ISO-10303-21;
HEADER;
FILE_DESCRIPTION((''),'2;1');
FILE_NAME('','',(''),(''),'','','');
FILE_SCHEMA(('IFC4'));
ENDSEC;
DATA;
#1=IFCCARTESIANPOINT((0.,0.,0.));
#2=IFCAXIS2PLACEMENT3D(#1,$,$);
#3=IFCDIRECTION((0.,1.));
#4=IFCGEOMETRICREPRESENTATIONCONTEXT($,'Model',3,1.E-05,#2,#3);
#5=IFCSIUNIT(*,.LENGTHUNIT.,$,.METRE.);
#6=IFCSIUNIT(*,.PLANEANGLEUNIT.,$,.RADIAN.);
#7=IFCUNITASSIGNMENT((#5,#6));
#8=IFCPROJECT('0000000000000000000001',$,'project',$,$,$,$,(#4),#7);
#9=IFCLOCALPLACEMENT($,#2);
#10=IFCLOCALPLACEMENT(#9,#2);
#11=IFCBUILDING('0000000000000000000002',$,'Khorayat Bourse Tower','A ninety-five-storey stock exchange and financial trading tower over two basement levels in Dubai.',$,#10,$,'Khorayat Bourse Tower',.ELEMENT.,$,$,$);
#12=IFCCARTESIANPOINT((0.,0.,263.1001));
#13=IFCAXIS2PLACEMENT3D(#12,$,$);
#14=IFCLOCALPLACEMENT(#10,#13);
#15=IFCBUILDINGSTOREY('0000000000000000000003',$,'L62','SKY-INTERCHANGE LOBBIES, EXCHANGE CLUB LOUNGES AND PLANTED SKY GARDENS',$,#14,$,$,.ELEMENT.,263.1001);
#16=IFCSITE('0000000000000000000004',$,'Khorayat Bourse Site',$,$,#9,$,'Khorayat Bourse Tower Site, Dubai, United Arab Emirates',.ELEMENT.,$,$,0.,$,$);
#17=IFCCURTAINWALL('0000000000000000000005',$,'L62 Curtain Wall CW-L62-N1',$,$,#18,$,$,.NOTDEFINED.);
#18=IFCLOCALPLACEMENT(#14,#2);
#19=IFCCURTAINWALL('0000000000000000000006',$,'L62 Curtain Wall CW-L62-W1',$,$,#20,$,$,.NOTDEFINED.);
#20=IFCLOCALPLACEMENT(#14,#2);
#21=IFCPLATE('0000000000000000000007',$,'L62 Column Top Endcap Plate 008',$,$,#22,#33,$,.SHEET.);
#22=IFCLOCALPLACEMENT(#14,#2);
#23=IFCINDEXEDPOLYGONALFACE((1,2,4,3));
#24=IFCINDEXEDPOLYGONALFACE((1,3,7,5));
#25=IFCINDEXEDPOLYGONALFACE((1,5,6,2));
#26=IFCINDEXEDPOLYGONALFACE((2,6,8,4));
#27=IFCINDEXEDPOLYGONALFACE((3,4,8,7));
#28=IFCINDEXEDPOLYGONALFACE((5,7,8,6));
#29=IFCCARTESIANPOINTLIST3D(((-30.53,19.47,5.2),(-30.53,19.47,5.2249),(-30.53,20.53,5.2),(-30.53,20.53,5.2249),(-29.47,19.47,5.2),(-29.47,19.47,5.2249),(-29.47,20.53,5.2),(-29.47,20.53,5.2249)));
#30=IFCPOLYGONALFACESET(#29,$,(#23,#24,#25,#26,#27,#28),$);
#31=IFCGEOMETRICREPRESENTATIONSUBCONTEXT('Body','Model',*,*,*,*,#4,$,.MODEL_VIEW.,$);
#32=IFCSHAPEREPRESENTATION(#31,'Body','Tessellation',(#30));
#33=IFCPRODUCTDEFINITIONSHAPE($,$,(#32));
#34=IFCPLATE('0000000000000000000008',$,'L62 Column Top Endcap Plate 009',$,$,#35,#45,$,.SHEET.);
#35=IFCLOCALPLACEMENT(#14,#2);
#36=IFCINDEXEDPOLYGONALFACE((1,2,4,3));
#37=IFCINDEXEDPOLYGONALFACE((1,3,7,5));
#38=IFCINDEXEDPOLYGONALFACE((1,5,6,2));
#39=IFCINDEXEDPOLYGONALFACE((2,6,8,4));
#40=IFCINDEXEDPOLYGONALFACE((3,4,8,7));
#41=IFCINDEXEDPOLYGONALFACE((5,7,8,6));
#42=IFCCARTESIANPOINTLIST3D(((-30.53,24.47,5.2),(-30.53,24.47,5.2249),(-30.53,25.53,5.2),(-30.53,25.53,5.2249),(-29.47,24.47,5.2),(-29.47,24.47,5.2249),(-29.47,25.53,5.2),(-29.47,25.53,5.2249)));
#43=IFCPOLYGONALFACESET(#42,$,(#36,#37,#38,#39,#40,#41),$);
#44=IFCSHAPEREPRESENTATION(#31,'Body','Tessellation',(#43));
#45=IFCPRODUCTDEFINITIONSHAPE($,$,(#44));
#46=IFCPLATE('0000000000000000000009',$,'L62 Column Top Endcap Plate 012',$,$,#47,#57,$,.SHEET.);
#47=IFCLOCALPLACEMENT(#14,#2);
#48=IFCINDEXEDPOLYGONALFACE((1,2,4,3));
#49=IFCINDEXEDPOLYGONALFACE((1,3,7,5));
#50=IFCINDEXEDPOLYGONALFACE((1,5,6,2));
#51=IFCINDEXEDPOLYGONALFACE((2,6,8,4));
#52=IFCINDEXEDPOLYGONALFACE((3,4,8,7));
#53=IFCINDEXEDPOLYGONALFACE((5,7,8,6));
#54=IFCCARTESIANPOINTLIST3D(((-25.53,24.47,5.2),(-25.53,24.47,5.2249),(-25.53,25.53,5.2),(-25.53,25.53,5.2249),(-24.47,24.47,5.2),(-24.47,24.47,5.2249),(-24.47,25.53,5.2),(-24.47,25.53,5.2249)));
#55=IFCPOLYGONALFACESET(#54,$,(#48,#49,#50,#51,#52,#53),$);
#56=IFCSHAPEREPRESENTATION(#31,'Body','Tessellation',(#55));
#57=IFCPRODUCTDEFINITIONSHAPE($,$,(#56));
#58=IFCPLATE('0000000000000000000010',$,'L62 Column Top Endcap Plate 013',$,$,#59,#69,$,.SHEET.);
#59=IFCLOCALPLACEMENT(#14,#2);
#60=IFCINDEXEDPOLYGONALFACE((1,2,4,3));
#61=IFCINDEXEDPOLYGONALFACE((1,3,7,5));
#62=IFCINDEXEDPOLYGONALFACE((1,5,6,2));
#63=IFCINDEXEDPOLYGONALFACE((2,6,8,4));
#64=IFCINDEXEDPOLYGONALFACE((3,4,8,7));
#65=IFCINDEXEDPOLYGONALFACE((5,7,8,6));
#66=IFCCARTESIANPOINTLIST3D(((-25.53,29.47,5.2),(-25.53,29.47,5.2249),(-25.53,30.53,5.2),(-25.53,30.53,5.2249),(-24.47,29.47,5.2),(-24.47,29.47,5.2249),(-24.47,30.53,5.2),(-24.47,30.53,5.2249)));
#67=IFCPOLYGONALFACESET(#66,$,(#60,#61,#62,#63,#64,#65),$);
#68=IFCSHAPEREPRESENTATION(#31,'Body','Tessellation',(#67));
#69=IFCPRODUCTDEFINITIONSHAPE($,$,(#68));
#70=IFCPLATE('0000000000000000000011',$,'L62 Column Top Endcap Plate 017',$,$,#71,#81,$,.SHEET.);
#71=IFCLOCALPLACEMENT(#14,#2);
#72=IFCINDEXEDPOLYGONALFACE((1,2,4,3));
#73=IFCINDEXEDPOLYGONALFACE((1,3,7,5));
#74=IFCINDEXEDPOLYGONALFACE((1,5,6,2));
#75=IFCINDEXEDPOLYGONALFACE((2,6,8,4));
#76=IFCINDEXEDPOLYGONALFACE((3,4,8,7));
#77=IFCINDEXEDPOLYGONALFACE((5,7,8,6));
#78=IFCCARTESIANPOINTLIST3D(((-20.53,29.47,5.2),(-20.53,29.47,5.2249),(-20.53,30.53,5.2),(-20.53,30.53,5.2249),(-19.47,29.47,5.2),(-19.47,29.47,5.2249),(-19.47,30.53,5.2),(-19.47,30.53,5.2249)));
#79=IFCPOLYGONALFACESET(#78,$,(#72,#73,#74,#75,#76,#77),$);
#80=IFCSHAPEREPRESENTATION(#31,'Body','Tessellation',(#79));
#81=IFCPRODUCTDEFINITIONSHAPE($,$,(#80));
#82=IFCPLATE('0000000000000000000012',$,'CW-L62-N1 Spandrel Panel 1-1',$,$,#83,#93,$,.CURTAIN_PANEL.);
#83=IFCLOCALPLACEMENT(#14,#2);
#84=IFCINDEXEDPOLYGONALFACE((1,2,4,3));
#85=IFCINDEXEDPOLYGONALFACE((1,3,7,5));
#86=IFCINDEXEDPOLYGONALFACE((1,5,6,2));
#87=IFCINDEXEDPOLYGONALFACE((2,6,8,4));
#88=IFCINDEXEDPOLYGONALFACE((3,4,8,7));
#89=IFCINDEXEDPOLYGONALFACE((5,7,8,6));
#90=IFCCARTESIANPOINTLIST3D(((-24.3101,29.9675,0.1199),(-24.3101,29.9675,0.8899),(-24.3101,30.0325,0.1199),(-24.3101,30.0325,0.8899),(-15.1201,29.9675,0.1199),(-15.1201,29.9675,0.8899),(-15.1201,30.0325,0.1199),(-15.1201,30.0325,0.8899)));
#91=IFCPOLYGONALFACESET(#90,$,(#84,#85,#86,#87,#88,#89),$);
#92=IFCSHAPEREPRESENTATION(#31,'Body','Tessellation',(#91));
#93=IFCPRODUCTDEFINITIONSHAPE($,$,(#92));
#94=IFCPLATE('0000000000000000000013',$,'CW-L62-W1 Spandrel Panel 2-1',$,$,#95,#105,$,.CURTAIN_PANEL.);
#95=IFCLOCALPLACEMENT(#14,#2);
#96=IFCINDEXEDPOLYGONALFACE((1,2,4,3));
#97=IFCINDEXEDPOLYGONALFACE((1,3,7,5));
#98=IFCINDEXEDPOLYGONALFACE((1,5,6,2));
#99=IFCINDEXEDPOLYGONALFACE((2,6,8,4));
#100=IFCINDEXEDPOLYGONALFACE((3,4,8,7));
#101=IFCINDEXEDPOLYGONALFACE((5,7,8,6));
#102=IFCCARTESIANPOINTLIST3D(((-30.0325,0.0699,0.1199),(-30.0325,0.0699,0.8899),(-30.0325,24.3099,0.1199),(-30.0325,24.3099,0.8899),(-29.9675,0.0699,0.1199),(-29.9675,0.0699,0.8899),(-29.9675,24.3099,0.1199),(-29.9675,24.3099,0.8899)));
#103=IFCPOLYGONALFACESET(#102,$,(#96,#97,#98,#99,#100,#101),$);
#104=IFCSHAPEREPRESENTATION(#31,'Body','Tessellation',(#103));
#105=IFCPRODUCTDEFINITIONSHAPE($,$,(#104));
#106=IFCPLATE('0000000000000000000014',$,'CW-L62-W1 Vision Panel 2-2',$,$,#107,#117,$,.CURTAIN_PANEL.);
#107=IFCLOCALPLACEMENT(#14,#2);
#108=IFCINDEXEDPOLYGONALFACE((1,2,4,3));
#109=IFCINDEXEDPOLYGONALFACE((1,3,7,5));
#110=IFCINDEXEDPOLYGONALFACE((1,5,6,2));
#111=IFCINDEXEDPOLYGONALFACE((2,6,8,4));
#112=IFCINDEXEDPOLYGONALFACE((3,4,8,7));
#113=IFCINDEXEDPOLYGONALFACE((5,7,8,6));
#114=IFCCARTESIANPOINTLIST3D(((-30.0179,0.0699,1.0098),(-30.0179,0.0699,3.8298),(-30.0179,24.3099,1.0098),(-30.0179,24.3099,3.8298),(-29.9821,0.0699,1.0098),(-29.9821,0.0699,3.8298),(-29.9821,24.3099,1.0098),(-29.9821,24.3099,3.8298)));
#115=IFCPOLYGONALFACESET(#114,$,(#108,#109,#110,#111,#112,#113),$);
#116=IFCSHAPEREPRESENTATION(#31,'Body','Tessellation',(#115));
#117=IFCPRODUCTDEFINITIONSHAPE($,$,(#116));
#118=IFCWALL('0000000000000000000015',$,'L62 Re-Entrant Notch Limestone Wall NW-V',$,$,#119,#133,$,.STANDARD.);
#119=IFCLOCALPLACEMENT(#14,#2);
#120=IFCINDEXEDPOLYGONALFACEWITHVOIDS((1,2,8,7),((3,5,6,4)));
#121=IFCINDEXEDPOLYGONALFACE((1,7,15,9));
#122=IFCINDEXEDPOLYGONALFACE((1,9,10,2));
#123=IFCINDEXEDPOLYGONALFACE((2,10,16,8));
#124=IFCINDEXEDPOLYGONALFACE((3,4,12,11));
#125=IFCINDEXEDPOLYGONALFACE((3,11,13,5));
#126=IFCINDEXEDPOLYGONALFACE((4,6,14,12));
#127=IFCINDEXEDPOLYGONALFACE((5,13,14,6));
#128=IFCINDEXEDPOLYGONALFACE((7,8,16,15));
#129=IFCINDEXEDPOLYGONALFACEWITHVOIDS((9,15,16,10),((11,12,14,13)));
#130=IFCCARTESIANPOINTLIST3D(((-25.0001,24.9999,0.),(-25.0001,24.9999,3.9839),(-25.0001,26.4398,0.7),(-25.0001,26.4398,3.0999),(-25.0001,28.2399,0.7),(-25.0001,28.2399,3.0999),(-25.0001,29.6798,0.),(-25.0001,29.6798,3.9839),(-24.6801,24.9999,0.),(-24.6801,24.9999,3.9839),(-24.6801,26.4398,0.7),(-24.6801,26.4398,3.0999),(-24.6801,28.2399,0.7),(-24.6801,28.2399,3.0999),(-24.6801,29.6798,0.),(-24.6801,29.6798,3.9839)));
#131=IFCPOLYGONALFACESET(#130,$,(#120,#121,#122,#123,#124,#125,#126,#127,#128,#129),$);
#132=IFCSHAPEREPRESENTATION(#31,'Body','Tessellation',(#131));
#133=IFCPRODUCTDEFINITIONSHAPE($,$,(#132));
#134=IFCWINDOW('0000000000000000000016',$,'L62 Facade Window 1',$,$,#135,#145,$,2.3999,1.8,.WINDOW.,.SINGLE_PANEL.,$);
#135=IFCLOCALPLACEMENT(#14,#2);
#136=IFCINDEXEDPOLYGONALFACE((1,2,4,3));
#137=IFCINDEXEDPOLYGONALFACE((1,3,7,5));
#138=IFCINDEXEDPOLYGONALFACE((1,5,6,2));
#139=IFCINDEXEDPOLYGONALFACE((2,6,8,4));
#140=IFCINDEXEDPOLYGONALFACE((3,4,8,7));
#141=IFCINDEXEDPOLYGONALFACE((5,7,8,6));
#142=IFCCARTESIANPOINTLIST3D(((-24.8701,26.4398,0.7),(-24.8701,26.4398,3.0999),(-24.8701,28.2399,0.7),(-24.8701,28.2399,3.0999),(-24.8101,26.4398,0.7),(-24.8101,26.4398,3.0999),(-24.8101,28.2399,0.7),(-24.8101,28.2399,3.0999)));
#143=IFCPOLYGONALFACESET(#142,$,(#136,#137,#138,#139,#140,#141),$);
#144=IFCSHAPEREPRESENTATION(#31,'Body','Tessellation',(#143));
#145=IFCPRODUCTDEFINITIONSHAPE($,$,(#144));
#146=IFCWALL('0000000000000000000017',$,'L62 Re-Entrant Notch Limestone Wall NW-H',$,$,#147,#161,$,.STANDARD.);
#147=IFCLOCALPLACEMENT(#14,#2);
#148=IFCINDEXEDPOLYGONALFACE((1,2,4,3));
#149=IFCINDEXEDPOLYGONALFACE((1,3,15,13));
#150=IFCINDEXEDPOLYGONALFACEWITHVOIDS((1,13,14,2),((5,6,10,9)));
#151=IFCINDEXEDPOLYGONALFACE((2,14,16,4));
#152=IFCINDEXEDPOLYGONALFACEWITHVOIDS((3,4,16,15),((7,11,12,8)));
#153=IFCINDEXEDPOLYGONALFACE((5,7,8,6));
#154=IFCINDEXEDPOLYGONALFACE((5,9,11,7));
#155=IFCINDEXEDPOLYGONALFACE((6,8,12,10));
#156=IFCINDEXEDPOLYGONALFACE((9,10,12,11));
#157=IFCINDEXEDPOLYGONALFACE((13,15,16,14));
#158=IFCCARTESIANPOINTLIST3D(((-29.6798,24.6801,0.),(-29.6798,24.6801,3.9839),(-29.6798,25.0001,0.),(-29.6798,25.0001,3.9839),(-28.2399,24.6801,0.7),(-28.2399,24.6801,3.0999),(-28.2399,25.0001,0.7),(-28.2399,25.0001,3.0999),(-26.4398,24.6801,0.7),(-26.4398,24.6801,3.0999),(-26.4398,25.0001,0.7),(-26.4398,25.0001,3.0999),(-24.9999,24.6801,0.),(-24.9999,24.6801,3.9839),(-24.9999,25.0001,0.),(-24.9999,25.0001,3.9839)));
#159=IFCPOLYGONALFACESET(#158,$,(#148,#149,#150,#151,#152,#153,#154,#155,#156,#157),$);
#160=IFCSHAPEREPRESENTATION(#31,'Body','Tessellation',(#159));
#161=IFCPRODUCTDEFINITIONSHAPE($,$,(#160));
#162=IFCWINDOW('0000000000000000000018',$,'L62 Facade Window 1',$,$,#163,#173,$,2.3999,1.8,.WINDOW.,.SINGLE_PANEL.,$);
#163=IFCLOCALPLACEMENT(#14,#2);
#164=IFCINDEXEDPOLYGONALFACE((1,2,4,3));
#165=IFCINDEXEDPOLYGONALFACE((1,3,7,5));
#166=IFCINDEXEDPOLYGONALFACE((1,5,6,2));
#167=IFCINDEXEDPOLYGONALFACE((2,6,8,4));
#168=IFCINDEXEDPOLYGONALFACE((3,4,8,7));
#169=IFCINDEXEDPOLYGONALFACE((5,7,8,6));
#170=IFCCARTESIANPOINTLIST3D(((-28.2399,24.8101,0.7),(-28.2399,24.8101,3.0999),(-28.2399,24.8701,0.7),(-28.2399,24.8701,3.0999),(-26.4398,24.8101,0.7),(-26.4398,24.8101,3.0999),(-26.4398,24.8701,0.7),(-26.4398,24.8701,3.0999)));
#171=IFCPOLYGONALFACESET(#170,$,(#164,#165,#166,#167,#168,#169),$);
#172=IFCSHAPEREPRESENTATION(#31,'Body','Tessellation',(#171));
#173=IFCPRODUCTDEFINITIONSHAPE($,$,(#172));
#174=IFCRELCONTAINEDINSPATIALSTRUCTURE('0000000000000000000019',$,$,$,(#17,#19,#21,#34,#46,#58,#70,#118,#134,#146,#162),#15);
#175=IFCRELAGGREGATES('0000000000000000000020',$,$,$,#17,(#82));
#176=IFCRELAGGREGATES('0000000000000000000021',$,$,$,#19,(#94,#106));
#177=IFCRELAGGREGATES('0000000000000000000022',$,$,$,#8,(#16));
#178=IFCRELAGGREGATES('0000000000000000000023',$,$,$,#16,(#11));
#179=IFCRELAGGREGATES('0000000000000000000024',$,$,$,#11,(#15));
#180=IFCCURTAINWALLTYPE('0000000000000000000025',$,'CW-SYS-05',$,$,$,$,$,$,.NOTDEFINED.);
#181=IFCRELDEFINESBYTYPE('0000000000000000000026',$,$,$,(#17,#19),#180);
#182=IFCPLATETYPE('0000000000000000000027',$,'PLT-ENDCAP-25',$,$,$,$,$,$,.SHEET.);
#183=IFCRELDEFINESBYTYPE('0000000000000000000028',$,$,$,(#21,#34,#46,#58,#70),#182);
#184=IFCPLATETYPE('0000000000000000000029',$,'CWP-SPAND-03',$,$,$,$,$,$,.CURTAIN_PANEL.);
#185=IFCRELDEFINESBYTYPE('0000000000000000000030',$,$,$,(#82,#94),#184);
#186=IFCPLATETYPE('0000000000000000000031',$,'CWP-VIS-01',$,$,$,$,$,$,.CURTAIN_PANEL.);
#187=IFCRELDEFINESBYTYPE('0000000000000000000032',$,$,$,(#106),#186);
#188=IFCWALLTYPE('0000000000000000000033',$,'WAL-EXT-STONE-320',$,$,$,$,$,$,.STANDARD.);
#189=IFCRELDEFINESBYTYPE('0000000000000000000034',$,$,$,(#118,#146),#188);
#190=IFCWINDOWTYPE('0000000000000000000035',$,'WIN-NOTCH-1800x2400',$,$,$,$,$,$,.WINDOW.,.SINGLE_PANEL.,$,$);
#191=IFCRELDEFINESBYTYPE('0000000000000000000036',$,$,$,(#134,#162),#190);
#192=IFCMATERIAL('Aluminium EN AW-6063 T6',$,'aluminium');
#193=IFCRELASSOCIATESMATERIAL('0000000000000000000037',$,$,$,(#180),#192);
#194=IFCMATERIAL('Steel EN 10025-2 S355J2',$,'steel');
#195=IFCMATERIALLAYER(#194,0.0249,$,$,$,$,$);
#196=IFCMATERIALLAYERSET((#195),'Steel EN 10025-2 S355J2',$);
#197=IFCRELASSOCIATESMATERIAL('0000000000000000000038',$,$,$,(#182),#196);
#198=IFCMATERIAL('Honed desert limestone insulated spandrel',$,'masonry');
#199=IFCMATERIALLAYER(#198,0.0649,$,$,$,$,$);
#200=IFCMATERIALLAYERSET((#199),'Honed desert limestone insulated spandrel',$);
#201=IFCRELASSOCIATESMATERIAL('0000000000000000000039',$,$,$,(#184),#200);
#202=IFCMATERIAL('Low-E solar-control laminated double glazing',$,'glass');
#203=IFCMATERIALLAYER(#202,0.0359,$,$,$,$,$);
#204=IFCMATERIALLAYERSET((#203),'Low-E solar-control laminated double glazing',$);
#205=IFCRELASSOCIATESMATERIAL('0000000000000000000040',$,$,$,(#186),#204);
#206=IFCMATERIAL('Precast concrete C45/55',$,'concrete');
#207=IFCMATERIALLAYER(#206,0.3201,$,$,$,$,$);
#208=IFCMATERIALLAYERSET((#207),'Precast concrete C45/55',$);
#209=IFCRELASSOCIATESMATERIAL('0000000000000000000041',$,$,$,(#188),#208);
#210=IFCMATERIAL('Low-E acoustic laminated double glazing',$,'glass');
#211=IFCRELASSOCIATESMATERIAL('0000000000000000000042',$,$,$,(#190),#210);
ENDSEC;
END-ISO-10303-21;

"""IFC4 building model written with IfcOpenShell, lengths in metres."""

from ifc_helpers import new_model, si_unit, direction, frame, frame_2d, origin, origin_2d, place, context, subcontext, project, spatial, rectangle, extrude, source, transform, mapped, material, layer, layer_set, type_object, element, fill, aggregate, save


model = new_model("IFC4")

# Units and contexts
model_context = context("Model", 3, precision=1e-05, world=origin(), true_north=direction((0.0, 1.0)))
body_context = subcontext(model_context, "Body", "Model", "MODEL_VIEW")
ifc_project = project(units=[si_unit("LENGTHUNIT", "METRE"), si_unit("PLANEANGLEUNIT", "RADIAN")], contexts=[model_context])

# Site, building, storey
site_placement = place(None, origin())
site = spatial("IfcSite", under=ifc_project, at=site_placement, Name="Khorayat Bourse Site", LongName="Khorayat Bourse Tower Site, Dubai, United Arab Emirates", CompositionType="ELEMENT", RefElevation=0.0)
building_placement = place(site_placement, origin())
building = spatial("IfcBuilding", under=site, at=building_placement, Name="Khorayat Bourse Tower", Description="A ninety-five-storey stock exchange and financial trading tower over two basement levels in Dubai.", LongName="Khorayat Bourse Tower", CompositionType="ELEMENT")
storey_placement = place(building_placement, frame((0.0, 0.0, 263.1001)))
storey = spatial("IfcBuildingStorey", under=building, at=storey_placement, Name="L62", Description="SKY-INTERCHANGE LOBBIES, EXCHANGE CLUB LOUNGES AND PLANTED SKY GARDENS", CompositionType="ELEMENT", Elevation=263.1001)

# Curtain walls
ifc_material_1 = material(Name="Aluminium EN AW-6063 T6", Category="aluminium")
curtain_wall_type = type_object("IfcCurtainWallType", Name="CW-SYS-05", PredefinedType="NOTDEFINED", material=ifc_material_1)
curtain_wall_1_placement = place(storey_placement, origin())
curtain_wall_1 = element("IfcCurtainWall", 1, at=curtain_wall_1_placement, inside=storey, type_object=curtain_wall_type, Name="L62 Curtain Wall CW-L62-N1", PredefinedType="NOTDEFINED")
curtain_wall_2_placement = place(storey_placement, origin())
curtain_wall_2 = element("IfcCurtainWall", 2, at=curtain_wall_2_placement, inside=storey, type_object=curtain_wall_type, Name="L62 Curtain Wall CW-L62-W1", PredefinedType="NOTDEFINED")

# Plates
ifc_material_2 = material(Name="Steel EN 10025-2 S355J2", Category="steel")
ifc_layer_1 = layer(ifc_material_2, 0.0249)
ifc_layer_set_1 = layer_set([ifc_layer_1], Name="Steel EN 10025-2 S355J2")
plate_type_1 = type_object("IfcPlateType", Name="PLT-ENDCAP-25", PredefinedType="SHEET", material=ifc_layer_set_1)
shared_shape_1 = source(origin(), body_context, "Body", "SweptSolid", [
    extrude(rectangle(XDim=1.0601, YDim=1.0601, at=origin_2d()), origin(), (0.0, 0.0, 1.0), 0.0249),
])
for number, where, z_axis, x_axis, name in (
    (3, (-30.0, 20.0, 5.2), (0.0, 0.0, 1.0), (1.0, 0.0, 0.0), "L62 Column Top Endcap Plate 008"),
    (4, (-30.0, 25.0, 5.2), (0.0, 0.0, 1.0), (1.0, 0.0, 0.0), "L62 Column Top Endcap Plate 009"),
    (5, (-25.0, 25.0, 5.2), (0.0, 0.0, 1.0), (1.0, 0.0, 0.0), "L62 Column Top Endcap Plate 012"),
    (6, (-25.0, 30.0, 5.2), (0.0, 0.0, 1.0), (1.0, 0.0, 0.0), "L62 Column Top Endcap Plate 013"),
    (7, (-20.0, 30.0, 5.2), (0.0, 0.0, 1.0), (1.0, 0.0, 0.0), "L62 Column Top Endcap Plate 017"),
):
    element("IfcPlate", number, at=place(storey_placement, frame(where, z_axis=z_axis, x_axis=x_axis)), inside=storey, type_object=plate_type_1, Name=name, PredefinedType="SHEET", context=body_context, shape_type="MappedRepresentation", body=[
        mapped(shared_shape_1, transform((0.0, 0.0, 0.0), scale=1.0)),
    ])

# Plates
ifc_material_3 = material(Name="Honed desert limestone insulated spandrel", Category="masonry")
ifc_layer_2 = layer(ifc_material_3, 0.0649)
ifc_layer_set_2 = layer_set([ifc_layer_2], Name="Honed desert limestone insulated spandrel")
plate_type_2 = type_object("IfcPlateType", Name="CWP-SPAND-03", PredefinedType="CURTAIN_PANEL", material=ifc_layer_set_2)
shared_shape_2 = source(origin(), body_context, "Body", "SweptSolid", [
    extrude(rectangle(XDim=9.1899, YDim=0.0649, at=origin_2d()), origin(), (0.0, 0.0, 1.0), 0.77),
])
plate_1_placement = place(storey_placement, frame((-19.7151, 30.0, 0.1199), z_axis=(0.0, 0.0, 1.0), x_axis=(1.0, 0.0, 0.0)))
plate_1 = element("IfcPlate", 8, at=plate_1_placement, type_object=plate_type_2, Name="CW-L62-N1 Spandrel Panel 1-1", PredefinedType="CURTAIN_PANEL", context=body_context, shape_type="MappedRepresentation", body=[
    mapped(shared_shape_2, transform((0.0, 0.0, 0.0), scale=1.0)),
])
aggregate(curtain_wall_1, [plate_1])
shared_shape_3 = source(origin(), body_context, "Body", "SweptSolid", [
    extrude(rectangle(XDim=24.24, YDim=0.0649, at=origin_2d()), origin(), (0.0, 0.0, 1.0), 0.77),
])
plate_2_placement = place(storey_placement, frame((-30.0, 12.1899, 0.1199), z_axis=(0.0, 0.0, 1.0), x_axis=(0.0, 1.0, 0.0)))
plate_2 = element("IfcPlate", 9, at=plate_2_placement, type_object=plate_type_2, Name="CW-L62-W1 Spandrel Panel 2-1", PredefinedType="CURTAIN_PANEL", context=body_context, shape_type="MappedRepresentation", body=[
    mapped(shared_shape_3, transform((0.0, 0.0, 0.0), scale=1.0)),
])
ifc_material_4 = material(Name="Low-E solar-control laminated double glazing", Category="glass")
ifc_layer_3 = layer(ifc_material_4, 0.0359)
ifc_layer_set_3 = layer_set([ifc_layer_3], Name="Low-E solar-control laminated double glazing")
plate_type_3 = type_object("IfcPlateType", Name="CWP-VIS-01", PredefinedType="CURTAIN_PANEL", material=ifc_layer_set_3)
shared_shape_4 = source(origin(), body_context, "Body", "SweptSolid", [
    extrude(rectangle(XDim=24.24, YDim=0.0359, at=origin_2d()), origin(), (0.0, 0.0, 1.0), 2.8201),
])
plate_3_placement = place(storey_placement, frame((-30.0, 12.1899, 1.0098), z_axis=(0.0, 0.0, 1.0), x_axis=(0.0, 1.0, 0.0)))
plate_3 = element("IfcPlate", 10, at=plate_3_placement, type_object=plate_type_3, Name="CW-L62-W1 Vision Panel 2-2", PredefinedType="CURTAIN_PANEL", context=body_context, shape_type="MappedRepresentation", body=[
    mapped(shared_shape_4, transform((0.0, 0.0, 0.0), scale=1.0)),
])
aggregate(curtain_wall_2, [plate_2, plate_3])

# Walls, openings, windows
ifc_material_5 = material(Name="Precast concrete C45/55", Category="concrete")
ifc_layer_4 = layer(ifc_material_5, 0.3201)
ifc_layer_set_4 = layer_set([ifc_layer_4], Name="Precast concrete C45/55")
wall_type = type_object("IfcWallType", Name="WAL-EXT-STONE-320", PredefinedType="STANDARD", material=ifc_layer_set_4)
shared_shape_5 = source(origin(), body_context, "Body", "SweptSolid", [
    extrude(rectangle(XDim=4.6799, YDim=0.3201, at=frame_2d((2.3398, 0.0))), origin(), (0.0, 0.0, 1.0), 3.9839),
])
wall_1_placement = place(storey_placement, frame((-24.8401, 25.0, 0.0), z_axis=(0.0, 0.0, 1.0), x_axis=(0.0, 1.0, 0.0)))
wall_1 = element("IfcWall", 11, at=wall_1_placement, inside=storey, type_object=wall_type, Name="L62 Re-Entrant Notch Limestone Wall NW-V", PredefinedType="STANDARD", context=body_context, shape_type="MappedRepresentation", body=[
    mapped(shared_shape_5, transform((0.0, 0.0, 0.0), scale=1.0)),
])
shared_shape_6 = source(origin(), body_context, "Body", "SweptSolid", [
    extrude(rectangle(XDim=1.8, YDim=2.3999, at=frame_2d((0.8999, 1.2))), frame((0.0, 0.1699, 0.0), z_axis=(0.0, -1.0, 0.0), x_axis=(1.0, 0.0, 0.0)), (0.0, 0.0, 1.0), 0.3401),
])
opening_1_placement = place(wall_1_placement, frame((1.4399, 0.0, 0.7)))
opening_1 = element("IfcOpeningElement", 12, at=opening_1_placement, cuts=wall_1, PredefinedType="OPENING", context=body_context, shape_type="MappedRepresentation", body=[
    mapped(shared_shape_6, transform((0.0, 0.0, 0.0), scale=1.0)),
])
ifc_material_6 = material(Name="Low-E acoustic laminated double glazing", Category="glass")
window_type = type_object("IfcWindowType", Name="WIN-NOTCH-1800x2400", PartitioningType="SINGLE_PANEL", PredefinedType="WINDOW", material=ifc_material_6)
shared_shape_7 = source(origin(), body_context, "Body", "SweptSolid", [
    extrude(rectangle(XDim=1.8, YDim=2.3999, at=frame_2d((0.8999, 1.2))), frame((0.0, 0.03, 0.0), z_axis=(0.0, -1.0, 0.0), x_axis=(1.0, 0.0, 0.0)), (0.0, 0.0, 1.0), 0.0601),
])
window_1_placement = place(opening_1_placement, origin())
window_1 = element("IfcWindow", 13, at=window_1_placement, inside=storey, type_object=window_type, Name="L62 Facade Window 1", OverallHeight=2.3999, OverallWidth=1.8, PartitioningType="SINGLE_PANEL", PredefinedType="WINDOW", context=body_context, shape_type="MappedRepresentation", body=[
    mapped(shared_shape_7, transform((0.0, 0.0, 0.0), scale=1.0)),
])
fill(opening_1, window_1)
wall_2_placement = place(storey_placement, frame((-25.0, 24.8401, 0.0), z_axis=(0.0, 0.0, 1.0), x_axis=(-1.0, 0.0, 0.0)))
wall_2 = element("IfcWall", 14, at=wall_2_placement, inside=storey, type_object=wall_type, Name="L62 Re-Entrant Notch Limestone Wall NW-H", PredefinedType="STANDARD", context=body_context, shape_type="MappedRepresentation", body=[
    mapped(shared_shape_5, transform((0.0, 0.0, 0.0), scale=1.0)),
])
opening_2_placement = place(wall_2_placement, frame((1.4399, 0.0, 0.7)))
opening_2 = element("IfcOpeningElement", 15, at=opening_2_placement, cuts=wall_2, PredefinedType="OPENING", context=body_context, shape_type="MappedRepresentation", body=[
    mapped(shared_shape_6, transform((0.0, 0.0, 0.0), scale=1.0)),
])
window_2_placement = place(opening_2_placement, origin())
window_2 = element("IfcWindow", 16, at=window_2_placement, inside=storey, type_object=window_type, Name="L62 Facade Window 1", OverallHeight=2.3999, OverallWidth=1.8, PartitioningType="SINGLE_PANEL", PredefinedType="WINDOW", context=body_context, shape_type="MappedRepresentation", body=[
    mapped(shared_shape_7, transform((0.0, 0.0, 0.0), scale=1.0)),
])
fill(opening_2, window_2)

save(model, "model.ifc")
